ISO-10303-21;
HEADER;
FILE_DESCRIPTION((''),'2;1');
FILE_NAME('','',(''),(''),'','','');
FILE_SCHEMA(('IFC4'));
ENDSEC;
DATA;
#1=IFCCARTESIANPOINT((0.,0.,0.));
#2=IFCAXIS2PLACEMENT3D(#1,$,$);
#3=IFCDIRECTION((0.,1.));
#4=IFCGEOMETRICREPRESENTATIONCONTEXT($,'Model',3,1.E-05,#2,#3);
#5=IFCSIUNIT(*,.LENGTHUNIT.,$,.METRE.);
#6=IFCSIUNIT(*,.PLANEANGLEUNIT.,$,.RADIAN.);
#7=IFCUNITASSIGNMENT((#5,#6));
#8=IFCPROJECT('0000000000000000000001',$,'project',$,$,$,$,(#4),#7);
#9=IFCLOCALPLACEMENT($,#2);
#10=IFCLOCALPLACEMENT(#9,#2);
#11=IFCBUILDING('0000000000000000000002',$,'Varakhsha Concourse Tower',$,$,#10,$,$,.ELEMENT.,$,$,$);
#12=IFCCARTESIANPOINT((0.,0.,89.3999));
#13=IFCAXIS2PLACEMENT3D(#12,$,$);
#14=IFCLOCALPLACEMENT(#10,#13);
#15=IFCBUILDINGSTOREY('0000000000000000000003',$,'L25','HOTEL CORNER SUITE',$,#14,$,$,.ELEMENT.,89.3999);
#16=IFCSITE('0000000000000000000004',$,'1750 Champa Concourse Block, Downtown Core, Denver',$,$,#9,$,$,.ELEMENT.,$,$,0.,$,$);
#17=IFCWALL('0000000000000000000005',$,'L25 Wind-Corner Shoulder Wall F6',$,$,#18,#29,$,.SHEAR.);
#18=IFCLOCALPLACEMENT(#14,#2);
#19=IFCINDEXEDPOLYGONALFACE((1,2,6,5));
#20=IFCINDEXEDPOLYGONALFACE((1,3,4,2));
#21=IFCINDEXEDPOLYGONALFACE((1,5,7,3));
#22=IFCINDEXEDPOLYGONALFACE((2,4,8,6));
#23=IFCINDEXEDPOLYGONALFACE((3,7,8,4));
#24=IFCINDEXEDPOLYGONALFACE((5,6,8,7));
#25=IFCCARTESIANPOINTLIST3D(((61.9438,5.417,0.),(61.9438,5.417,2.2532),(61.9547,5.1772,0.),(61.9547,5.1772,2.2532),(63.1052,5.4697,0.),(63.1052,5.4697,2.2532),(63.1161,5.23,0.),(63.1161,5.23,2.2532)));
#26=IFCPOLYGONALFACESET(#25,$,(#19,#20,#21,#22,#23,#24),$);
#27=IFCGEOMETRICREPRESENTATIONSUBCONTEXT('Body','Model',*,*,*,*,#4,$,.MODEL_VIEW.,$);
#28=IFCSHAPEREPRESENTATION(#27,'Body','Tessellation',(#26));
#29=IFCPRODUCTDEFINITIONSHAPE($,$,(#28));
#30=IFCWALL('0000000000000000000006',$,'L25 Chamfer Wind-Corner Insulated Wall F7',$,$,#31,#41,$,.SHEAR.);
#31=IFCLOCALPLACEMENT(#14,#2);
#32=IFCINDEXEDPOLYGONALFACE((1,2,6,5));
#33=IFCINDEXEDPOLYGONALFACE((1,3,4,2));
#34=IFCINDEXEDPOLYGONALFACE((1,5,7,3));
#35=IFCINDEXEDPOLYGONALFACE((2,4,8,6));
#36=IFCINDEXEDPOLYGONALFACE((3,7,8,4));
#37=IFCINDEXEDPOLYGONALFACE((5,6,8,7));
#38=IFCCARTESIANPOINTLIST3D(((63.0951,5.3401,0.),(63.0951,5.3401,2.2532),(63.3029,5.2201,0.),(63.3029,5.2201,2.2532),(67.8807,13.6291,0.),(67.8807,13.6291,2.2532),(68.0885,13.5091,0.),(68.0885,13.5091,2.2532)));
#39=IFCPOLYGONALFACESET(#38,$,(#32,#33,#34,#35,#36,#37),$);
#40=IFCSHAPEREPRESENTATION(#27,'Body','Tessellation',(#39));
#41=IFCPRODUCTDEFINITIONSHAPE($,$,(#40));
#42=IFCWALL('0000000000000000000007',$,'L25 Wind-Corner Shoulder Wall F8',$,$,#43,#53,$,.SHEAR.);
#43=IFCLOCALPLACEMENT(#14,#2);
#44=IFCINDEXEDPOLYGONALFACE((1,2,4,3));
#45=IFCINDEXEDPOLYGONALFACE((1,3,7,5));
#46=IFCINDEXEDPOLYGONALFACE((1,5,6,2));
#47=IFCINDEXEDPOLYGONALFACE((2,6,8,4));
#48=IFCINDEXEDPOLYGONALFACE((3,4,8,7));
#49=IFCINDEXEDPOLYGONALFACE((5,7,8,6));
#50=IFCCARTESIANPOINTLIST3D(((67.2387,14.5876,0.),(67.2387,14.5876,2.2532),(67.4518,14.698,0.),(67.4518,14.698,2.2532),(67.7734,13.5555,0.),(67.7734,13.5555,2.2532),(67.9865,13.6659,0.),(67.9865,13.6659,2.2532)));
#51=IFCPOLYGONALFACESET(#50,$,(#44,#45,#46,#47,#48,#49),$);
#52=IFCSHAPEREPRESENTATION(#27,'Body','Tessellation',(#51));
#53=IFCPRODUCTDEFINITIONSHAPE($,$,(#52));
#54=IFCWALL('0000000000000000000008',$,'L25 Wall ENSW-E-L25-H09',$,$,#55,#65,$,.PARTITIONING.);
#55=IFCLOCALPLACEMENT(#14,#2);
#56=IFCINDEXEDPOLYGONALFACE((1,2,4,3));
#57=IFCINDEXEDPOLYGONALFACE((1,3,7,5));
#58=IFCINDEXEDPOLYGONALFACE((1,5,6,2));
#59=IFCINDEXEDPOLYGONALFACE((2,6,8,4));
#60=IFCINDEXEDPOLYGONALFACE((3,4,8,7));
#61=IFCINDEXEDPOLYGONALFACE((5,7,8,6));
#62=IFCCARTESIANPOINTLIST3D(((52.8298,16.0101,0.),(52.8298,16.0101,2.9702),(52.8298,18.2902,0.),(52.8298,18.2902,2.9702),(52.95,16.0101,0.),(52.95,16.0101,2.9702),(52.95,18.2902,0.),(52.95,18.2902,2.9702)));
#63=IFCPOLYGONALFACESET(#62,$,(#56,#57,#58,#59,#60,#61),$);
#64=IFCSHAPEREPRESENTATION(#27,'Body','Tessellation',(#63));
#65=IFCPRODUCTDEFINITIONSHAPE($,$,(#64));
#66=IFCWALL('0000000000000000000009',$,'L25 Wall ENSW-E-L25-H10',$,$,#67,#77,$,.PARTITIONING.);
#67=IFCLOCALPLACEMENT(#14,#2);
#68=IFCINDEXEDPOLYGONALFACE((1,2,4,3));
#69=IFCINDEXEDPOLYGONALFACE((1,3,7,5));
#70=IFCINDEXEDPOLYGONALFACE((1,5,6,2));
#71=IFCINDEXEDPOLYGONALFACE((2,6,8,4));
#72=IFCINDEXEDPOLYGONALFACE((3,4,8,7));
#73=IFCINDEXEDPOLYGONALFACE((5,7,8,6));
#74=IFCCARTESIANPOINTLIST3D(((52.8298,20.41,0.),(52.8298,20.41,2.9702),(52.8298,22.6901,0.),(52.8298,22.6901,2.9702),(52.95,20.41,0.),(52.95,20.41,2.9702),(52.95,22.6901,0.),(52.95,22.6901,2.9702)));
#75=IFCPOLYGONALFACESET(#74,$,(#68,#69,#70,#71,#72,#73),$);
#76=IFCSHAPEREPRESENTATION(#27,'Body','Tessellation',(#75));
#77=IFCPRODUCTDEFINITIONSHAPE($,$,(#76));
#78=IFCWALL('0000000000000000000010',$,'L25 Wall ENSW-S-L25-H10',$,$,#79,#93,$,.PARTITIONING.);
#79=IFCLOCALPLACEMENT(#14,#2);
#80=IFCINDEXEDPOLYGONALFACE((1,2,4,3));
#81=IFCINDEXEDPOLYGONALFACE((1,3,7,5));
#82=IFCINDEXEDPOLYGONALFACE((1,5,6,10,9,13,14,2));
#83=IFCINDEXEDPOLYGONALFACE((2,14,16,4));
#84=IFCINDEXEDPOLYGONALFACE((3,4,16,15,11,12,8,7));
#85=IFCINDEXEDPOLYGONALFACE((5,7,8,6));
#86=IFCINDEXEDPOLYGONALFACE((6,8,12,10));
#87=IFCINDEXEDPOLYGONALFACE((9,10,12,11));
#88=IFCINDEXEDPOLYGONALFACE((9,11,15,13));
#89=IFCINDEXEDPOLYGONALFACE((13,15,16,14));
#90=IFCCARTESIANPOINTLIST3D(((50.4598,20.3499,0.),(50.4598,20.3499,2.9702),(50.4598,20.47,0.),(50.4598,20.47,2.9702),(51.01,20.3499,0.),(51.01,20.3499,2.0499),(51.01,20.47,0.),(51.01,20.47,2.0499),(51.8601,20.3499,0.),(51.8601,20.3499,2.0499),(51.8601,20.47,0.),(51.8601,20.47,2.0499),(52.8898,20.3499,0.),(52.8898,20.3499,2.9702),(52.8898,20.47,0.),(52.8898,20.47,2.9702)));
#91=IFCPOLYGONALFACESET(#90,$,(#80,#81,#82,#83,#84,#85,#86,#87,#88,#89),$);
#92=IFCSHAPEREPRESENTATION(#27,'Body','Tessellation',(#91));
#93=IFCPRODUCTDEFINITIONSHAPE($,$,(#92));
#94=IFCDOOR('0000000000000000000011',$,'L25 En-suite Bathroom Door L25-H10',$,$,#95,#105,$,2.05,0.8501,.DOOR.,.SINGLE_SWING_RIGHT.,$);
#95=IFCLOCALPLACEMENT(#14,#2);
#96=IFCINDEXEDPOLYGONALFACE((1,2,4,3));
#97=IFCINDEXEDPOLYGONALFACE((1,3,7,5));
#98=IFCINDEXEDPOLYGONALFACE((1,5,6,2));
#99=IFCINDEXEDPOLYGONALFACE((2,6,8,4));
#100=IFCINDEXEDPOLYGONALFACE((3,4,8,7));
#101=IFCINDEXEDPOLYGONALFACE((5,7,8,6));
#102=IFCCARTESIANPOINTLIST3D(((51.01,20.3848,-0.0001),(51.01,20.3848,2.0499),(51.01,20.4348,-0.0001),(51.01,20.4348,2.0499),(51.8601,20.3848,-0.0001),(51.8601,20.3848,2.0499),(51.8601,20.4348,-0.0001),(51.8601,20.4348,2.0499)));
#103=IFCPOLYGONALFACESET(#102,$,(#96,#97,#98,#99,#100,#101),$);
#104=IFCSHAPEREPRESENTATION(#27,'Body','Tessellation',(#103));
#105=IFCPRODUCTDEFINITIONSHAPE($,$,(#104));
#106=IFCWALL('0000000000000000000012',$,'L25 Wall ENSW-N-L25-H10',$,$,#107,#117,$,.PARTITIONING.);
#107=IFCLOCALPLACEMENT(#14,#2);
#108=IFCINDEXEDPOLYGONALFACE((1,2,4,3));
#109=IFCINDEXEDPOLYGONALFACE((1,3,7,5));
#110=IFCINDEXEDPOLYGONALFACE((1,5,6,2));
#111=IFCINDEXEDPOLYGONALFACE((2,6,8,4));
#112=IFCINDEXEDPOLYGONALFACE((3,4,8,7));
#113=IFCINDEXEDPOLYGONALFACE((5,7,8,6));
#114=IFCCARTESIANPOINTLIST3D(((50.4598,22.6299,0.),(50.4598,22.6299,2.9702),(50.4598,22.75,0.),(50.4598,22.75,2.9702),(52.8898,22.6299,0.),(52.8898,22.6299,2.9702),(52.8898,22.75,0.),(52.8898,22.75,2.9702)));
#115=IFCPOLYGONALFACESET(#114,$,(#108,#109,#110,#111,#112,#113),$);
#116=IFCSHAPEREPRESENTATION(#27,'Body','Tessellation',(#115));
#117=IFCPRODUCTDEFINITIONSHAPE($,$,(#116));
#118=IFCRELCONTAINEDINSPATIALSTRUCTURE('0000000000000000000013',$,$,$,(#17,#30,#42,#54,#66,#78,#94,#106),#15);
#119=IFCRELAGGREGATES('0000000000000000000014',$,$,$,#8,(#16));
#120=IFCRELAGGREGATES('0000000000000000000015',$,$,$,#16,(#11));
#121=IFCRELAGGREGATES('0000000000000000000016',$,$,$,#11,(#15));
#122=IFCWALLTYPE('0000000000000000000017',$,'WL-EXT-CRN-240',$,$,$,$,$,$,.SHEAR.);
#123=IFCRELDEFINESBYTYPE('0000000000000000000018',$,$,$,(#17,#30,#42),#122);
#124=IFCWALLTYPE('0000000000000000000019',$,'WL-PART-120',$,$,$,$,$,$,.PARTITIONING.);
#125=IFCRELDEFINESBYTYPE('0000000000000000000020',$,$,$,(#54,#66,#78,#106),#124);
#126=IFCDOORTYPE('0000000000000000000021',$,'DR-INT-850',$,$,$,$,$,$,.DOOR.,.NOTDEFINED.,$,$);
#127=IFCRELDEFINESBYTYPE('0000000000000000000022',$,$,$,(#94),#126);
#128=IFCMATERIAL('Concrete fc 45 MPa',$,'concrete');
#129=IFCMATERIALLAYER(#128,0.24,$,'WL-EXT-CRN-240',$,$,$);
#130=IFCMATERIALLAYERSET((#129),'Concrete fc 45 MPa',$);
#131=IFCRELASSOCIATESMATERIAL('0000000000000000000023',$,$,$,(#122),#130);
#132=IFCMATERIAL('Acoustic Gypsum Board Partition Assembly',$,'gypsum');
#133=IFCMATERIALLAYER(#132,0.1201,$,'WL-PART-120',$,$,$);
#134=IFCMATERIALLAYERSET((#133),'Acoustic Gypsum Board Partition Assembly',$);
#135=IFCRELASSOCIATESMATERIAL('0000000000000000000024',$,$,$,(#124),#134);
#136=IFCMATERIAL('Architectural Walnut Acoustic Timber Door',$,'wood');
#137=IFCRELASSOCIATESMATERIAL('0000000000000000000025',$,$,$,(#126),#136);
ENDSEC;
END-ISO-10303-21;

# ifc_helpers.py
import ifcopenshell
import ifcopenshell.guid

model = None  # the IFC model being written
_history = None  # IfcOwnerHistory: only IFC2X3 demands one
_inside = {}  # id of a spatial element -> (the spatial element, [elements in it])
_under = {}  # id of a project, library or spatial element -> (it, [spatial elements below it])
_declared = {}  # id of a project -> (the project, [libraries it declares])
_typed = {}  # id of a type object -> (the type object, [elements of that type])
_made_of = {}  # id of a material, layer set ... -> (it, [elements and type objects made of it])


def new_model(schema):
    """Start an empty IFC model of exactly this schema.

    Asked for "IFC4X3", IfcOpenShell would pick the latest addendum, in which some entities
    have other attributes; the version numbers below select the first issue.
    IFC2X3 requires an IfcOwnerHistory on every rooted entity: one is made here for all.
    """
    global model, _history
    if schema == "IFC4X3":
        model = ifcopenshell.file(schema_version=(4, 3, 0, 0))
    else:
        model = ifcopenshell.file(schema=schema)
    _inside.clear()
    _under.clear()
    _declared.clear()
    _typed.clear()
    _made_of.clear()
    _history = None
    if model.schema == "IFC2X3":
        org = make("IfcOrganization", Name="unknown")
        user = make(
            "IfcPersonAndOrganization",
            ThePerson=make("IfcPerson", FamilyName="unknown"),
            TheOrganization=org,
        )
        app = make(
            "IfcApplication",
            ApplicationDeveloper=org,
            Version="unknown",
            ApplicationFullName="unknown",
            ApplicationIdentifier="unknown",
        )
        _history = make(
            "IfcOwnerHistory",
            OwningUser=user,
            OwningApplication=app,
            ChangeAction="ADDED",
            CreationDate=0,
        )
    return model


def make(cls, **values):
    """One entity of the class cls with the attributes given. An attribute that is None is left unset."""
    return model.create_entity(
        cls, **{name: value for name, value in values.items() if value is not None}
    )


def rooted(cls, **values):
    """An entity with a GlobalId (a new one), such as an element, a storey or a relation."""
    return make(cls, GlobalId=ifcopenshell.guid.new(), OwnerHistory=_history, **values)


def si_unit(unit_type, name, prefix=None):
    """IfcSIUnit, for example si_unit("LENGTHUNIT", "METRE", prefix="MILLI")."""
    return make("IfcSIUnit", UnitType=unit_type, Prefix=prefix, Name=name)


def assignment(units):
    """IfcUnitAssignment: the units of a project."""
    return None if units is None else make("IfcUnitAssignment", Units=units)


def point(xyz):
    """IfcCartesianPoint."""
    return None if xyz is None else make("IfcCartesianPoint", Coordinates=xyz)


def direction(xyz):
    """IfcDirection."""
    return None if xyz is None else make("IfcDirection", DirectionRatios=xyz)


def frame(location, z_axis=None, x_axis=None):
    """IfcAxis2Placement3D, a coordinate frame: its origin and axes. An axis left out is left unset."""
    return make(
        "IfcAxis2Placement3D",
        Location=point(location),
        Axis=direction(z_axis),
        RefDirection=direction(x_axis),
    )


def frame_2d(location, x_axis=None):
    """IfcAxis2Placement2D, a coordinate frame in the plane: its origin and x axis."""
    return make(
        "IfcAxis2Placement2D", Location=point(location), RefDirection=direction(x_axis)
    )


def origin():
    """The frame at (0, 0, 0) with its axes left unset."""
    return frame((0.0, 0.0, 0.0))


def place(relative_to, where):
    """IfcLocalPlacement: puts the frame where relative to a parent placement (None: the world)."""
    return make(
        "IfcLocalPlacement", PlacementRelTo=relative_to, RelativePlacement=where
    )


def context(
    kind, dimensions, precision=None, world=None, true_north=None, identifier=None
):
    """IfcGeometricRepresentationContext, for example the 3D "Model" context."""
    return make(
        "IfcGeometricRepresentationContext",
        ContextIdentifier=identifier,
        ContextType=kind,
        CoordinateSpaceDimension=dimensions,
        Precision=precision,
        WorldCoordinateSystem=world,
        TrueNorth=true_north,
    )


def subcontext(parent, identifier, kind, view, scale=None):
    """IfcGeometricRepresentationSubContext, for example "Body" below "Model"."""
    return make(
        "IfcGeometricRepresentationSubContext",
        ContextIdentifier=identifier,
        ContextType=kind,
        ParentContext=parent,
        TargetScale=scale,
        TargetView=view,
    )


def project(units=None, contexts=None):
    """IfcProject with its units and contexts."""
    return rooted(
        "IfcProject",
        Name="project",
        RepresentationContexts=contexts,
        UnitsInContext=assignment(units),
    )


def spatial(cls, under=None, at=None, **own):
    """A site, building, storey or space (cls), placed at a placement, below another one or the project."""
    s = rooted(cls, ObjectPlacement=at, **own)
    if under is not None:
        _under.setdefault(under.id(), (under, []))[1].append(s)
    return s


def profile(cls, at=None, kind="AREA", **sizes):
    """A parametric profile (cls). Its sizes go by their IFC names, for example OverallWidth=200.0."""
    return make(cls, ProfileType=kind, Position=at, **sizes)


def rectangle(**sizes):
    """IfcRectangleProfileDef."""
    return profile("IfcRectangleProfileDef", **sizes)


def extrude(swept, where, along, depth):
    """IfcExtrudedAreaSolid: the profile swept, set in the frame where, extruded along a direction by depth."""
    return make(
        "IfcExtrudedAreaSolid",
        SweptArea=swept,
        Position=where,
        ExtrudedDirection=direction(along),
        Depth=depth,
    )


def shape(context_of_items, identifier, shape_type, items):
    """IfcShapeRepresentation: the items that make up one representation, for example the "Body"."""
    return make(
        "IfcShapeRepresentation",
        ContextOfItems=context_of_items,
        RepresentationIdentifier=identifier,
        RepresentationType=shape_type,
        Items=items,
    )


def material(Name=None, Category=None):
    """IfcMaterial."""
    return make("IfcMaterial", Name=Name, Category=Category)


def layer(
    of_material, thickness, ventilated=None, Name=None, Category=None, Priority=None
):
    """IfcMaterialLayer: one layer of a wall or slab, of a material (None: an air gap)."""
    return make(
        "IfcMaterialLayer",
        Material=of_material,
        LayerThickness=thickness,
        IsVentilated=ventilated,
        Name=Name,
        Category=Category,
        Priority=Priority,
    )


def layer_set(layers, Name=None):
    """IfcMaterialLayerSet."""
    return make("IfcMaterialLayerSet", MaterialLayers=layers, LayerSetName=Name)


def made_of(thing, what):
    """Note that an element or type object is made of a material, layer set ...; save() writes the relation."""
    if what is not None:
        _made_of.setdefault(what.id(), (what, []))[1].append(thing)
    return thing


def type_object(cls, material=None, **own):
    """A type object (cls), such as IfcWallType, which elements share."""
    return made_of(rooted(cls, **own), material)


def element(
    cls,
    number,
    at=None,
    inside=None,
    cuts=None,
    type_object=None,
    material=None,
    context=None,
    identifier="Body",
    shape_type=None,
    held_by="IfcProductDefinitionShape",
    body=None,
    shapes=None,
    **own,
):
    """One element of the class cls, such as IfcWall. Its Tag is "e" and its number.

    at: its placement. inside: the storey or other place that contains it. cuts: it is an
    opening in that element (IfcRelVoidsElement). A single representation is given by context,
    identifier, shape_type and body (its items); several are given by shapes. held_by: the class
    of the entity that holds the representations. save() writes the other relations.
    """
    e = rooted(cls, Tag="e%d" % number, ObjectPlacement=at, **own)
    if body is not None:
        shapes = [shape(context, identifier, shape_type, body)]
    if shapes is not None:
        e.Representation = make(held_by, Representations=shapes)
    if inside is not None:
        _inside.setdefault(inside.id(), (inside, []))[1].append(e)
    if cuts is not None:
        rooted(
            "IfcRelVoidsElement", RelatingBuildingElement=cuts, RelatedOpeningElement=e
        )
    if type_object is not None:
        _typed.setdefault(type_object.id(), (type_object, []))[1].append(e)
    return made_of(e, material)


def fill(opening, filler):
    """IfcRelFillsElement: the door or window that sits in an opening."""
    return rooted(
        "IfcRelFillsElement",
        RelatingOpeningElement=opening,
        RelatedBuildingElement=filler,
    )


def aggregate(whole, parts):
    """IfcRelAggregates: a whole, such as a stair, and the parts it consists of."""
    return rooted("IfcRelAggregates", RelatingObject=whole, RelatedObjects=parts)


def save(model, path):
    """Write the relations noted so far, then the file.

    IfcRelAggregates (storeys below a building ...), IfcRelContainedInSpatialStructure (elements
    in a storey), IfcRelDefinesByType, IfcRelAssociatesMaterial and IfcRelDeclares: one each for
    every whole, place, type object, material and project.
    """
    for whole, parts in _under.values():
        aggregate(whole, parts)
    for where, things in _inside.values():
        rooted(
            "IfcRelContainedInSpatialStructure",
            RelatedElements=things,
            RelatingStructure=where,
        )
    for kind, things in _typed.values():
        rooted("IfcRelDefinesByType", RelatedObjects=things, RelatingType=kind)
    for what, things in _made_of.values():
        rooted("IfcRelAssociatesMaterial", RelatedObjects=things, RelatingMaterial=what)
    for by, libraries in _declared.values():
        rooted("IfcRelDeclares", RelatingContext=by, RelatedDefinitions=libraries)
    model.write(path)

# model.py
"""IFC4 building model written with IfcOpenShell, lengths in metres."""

from ifc_helpers import new_model, si_unit, direction, frame, frame_2d, origin, place, context, subcontext, project, spatial, rectangle, extrude, material, layer, layer_set, type_object, element, fill, save


model = new_model("IFC4")

# Units and contexts
model_context = context("Model", 3, precision=1e-05, world=origin(), true_north=direction((0.0, 1.0)))
body_context = subcontext(model_context, "Body", "Model", "MODEL_VIEW")
ifc_project = project(units=[si_unit("LENGTHUNIT", "METRE"), si_unit("PLANEANGLEUNIT", "RADIAN")], contexts=[model_context])

# Site, building, storey
site_placement = place(None, origin())
site = spatial("IfcSite", under=ifc_project, at=site_placement, Name="1750 Champa Concourse Block, Downtown Core, Denver", CompositionType="ELEMENT", RefElevation=0.0)
building_placement = place(site_placement, origin())
building = spatial("IfcBuilding", under=site, at=building_placement, Name="Varakhsha Concourse Tower", CompositionType="ELEMENT")
storey_placement = place(building_placement, frame((0.0, 0.0, 89.3999)))
storey = spatial("IfcBuildingStorey", under=building, at=storey_placement, Name="L25", Description="HOTEL CORNER SUITE", CompositionType="ELEMENT", Elevation=89.3999)

# Walls
ifc_material_1 = material(Name="Concrete fc 45 MPa", Category="concrete")
ifc_layer_1 = layer(ifc_material_1, 0.24, Name="WL-EXT-CRN-240")
ifc_layer_set_1 = layer_set([ifc_layer_1], Name="Concrete fc 45 MPa")
wall_type_1 = type_object("IfcWallType", Name="WL-EXT-CRN-240", PredefinedType="SHEAR", material=ifc_layer_set_1)
wall_1_placement = place(storey_placement, frame((61.9492, 5.2971, 0.0), z_axis=(0.0, 0.0, 1.0), x_axis=(0.998971, 0.04536, 0.0)))
element("IfcWall", 1, at=wall_1_placement, inside=storey, type_object=wall_type_1, Name="L25 Wind-Corner Shoulder Wall F6", PredefinedType="SHEAR", context=body_context, shape_type="SweptSolid", body=[
    extrude(rectangle(XDim=1.1626, YDim=0.24, at=frame_2d((0.5813, 0.0))), origin(), (0.0, 0.0, 1.0), 2.2532),
])
wall_2_placement = place(storey_placement, frame((67.9846, 13.5691, 0.0), z_axis=(0.0, 0.0, 1.0), x_axis=(-0.499996, -0.866028, 0.0)))
element("IfcWall", 2, at=wall_2_placement, inside=storey, type_object=wall_type_1, Name="L25 Chamfer Wind-Corner Insulated Wall F7", PredefinedType="SHEAR", context=body_context, shape_type="SweptSolid", body=[
    extrude(rectangle(XDim=9.5713, YDim=0.24, at=frame_2d((4.7856, 0.0))), origin(), (0.0, 0.0, 1.0), 2.2532),
])
wall_3_placement = place(storey_placement, frame((67.8799, 13.6108, 0.0), z_axis=(0.0, 0.0, 1.0), x_axis=(-0.460023, 0.887907, 0.0)))
element("IfcWall", 3, at=wall_3_placement, inside=storey, type_object=wall_type_1, Name="L25 Wind-Corner Shoulder Wall F8", PredefinedType="SHEAR", context=body_context, shape_type="SweptSolid", body=[
    extrude(rectangle(XDim=1.1624, YDim=0.24, at=frame_2d((0.5811, 0.0))), origin(), (0.0, 0.0, 1.0), 2.2532),
])
ifc_material_2 = material(Name="Acoustic Gypsum Board Partition Assembly", Category="gypsum")
ifc_layer_2 = layer(ifc_material_2, 0.1201, Name="WL-PART-120")
ifc_layer_set_2 = layer_set([ifc_layer_2], Name="Acoustic Gypsum Board Partition Assembly")
wall_type_2 = type_object("IfcWallType", Name="WL-PART-120", PredefinedType="PARTITIONING", material=ifc_layer_set_2)
for number, where, z_axis, x_axis, name in (
    (4, (52.8899, 16.01, 0.0), (0.0, 0.0, 1.0), (0.0, 1.0, 0.0), "L25 Wall ENSW-E-L25-H09"),
    (5, (52.8899, 20.4099, 0.0), (0.0, 0.0, 1.0), (0.0, 1.0, 0.0), "L25 Wall ENSW-E-L25-H10"),
):
    element("IfcWall", number, at=place(storey_placement, frame(where, z_axis=z_axis, x_axis=x_axis)), inside=storey, type_object=wall_type_2, Name=name, PredefinedType="PARTITIONING", context=body_context, shape_type="SweptSolid", body=[
        extrude(rectangle(XDim=2.28, YDim=0.1201, at=frame_2d((1.1401, 0.0))), origin(), (0.0, 0.0, 1.0), 2.9702),
    ])

# Wall, opening, door
wall_4_placement = place(storey_placement, frame((50.46, 20.4099, 0.0), z_axis=(0.0, 0.0, 1.0), x_axis=(1.0, 0.0, 0.0)))
wall_4 = element("IfcWall", 6, at=wall_4_placement, inside=storey, type_object=wall_type_2, Name="L25 Wall ENSW-S-L25-H10", PredefinedType="PARTITIONING", context=body_context, shape_type="SweptSolid", body=[
    extrude(rectangle(XDim=2.4299, YDim=0.1201, at=frame_2d((1.2148, 0.0))), origin(), (0.0, 0.0, 1.0), 2.9702),
])
opening_placement = place(wall_4_placement, frame((0.55, 0.0, 0.0)))
opening = element("IfcOpeningElement", 7, at=opening_placement, cuts=wall_4, PredefinedType="OPENING", context=body_context, shape_type="SweptSolid", body=[
    extrude(rectangle(XDim=0.8501, YDim=2.05, at=frame_2d((0.425, 1.0249))), frame((0.0, 0.0701, 0.0), z_axis=(0.0, -1.0, 0.0), x_axis=(1.0, 0.0, 0.0)), (0.0, 0.0, 1.0), 0.1401),
])
ifc_material_3 = material(Name="Architectural Walnut Acoustic Timber Door", Category="wood")
door_type = type_object("IfcDoorType", Name="DR-INT-850", OperationType="NOTDEFINED", PredefinedType="DOOR", material=ifc_material_3)
door_placement = place(opening_placement, origin())
door = element("IfcDoor", 8, at=door_placement, inside=storey, type_object=door_type, Name="L25 En-suite Bathroom Door L25-H10", OperationType="SINGLE_SWING_RIGHT", OverallHeight=2.05, OverallWidth=0.8501, PredefinedType="DOOR", context=body_context, shape_type="SweptSolid", body=[
    extrude(rectangle(XDim=0.8501, YDim=2.05, at=frame_2d((0.425, 1.0249))), frame((0.0, 0.0249, 0.0), z_axis=(0.0, -1.0, 0.0), x_axis=(1.0, 0.0, 0.0)), (0.0, 0.0, 1.0), 0.05),
])
fill(opening, door)

# Wall
wall_5_placement = place(storey_placement, frame((50.46, 22.6899, 0.0), z_axis=(0.0, 0.0, 1.0), x_axis=(1.0, 0.0, 0.0)))
element("IfcWall", 9, at=wall_5_placement, inside=storey, type_object=wall_type_2, Name="L25 Wall ENSW-N-L25-H10", PredefinedType="PARTITIONING", context=body_context, shape_type="SweptSolid", body=[
    extrude(rectangle(XDim=2.4299, YDim=0.1201, at=frame_2d((1.2148, 0.0))), origin(), (0.0, 0.0, 1.0), 2.9702),
])

save(model, "model.ifc")
